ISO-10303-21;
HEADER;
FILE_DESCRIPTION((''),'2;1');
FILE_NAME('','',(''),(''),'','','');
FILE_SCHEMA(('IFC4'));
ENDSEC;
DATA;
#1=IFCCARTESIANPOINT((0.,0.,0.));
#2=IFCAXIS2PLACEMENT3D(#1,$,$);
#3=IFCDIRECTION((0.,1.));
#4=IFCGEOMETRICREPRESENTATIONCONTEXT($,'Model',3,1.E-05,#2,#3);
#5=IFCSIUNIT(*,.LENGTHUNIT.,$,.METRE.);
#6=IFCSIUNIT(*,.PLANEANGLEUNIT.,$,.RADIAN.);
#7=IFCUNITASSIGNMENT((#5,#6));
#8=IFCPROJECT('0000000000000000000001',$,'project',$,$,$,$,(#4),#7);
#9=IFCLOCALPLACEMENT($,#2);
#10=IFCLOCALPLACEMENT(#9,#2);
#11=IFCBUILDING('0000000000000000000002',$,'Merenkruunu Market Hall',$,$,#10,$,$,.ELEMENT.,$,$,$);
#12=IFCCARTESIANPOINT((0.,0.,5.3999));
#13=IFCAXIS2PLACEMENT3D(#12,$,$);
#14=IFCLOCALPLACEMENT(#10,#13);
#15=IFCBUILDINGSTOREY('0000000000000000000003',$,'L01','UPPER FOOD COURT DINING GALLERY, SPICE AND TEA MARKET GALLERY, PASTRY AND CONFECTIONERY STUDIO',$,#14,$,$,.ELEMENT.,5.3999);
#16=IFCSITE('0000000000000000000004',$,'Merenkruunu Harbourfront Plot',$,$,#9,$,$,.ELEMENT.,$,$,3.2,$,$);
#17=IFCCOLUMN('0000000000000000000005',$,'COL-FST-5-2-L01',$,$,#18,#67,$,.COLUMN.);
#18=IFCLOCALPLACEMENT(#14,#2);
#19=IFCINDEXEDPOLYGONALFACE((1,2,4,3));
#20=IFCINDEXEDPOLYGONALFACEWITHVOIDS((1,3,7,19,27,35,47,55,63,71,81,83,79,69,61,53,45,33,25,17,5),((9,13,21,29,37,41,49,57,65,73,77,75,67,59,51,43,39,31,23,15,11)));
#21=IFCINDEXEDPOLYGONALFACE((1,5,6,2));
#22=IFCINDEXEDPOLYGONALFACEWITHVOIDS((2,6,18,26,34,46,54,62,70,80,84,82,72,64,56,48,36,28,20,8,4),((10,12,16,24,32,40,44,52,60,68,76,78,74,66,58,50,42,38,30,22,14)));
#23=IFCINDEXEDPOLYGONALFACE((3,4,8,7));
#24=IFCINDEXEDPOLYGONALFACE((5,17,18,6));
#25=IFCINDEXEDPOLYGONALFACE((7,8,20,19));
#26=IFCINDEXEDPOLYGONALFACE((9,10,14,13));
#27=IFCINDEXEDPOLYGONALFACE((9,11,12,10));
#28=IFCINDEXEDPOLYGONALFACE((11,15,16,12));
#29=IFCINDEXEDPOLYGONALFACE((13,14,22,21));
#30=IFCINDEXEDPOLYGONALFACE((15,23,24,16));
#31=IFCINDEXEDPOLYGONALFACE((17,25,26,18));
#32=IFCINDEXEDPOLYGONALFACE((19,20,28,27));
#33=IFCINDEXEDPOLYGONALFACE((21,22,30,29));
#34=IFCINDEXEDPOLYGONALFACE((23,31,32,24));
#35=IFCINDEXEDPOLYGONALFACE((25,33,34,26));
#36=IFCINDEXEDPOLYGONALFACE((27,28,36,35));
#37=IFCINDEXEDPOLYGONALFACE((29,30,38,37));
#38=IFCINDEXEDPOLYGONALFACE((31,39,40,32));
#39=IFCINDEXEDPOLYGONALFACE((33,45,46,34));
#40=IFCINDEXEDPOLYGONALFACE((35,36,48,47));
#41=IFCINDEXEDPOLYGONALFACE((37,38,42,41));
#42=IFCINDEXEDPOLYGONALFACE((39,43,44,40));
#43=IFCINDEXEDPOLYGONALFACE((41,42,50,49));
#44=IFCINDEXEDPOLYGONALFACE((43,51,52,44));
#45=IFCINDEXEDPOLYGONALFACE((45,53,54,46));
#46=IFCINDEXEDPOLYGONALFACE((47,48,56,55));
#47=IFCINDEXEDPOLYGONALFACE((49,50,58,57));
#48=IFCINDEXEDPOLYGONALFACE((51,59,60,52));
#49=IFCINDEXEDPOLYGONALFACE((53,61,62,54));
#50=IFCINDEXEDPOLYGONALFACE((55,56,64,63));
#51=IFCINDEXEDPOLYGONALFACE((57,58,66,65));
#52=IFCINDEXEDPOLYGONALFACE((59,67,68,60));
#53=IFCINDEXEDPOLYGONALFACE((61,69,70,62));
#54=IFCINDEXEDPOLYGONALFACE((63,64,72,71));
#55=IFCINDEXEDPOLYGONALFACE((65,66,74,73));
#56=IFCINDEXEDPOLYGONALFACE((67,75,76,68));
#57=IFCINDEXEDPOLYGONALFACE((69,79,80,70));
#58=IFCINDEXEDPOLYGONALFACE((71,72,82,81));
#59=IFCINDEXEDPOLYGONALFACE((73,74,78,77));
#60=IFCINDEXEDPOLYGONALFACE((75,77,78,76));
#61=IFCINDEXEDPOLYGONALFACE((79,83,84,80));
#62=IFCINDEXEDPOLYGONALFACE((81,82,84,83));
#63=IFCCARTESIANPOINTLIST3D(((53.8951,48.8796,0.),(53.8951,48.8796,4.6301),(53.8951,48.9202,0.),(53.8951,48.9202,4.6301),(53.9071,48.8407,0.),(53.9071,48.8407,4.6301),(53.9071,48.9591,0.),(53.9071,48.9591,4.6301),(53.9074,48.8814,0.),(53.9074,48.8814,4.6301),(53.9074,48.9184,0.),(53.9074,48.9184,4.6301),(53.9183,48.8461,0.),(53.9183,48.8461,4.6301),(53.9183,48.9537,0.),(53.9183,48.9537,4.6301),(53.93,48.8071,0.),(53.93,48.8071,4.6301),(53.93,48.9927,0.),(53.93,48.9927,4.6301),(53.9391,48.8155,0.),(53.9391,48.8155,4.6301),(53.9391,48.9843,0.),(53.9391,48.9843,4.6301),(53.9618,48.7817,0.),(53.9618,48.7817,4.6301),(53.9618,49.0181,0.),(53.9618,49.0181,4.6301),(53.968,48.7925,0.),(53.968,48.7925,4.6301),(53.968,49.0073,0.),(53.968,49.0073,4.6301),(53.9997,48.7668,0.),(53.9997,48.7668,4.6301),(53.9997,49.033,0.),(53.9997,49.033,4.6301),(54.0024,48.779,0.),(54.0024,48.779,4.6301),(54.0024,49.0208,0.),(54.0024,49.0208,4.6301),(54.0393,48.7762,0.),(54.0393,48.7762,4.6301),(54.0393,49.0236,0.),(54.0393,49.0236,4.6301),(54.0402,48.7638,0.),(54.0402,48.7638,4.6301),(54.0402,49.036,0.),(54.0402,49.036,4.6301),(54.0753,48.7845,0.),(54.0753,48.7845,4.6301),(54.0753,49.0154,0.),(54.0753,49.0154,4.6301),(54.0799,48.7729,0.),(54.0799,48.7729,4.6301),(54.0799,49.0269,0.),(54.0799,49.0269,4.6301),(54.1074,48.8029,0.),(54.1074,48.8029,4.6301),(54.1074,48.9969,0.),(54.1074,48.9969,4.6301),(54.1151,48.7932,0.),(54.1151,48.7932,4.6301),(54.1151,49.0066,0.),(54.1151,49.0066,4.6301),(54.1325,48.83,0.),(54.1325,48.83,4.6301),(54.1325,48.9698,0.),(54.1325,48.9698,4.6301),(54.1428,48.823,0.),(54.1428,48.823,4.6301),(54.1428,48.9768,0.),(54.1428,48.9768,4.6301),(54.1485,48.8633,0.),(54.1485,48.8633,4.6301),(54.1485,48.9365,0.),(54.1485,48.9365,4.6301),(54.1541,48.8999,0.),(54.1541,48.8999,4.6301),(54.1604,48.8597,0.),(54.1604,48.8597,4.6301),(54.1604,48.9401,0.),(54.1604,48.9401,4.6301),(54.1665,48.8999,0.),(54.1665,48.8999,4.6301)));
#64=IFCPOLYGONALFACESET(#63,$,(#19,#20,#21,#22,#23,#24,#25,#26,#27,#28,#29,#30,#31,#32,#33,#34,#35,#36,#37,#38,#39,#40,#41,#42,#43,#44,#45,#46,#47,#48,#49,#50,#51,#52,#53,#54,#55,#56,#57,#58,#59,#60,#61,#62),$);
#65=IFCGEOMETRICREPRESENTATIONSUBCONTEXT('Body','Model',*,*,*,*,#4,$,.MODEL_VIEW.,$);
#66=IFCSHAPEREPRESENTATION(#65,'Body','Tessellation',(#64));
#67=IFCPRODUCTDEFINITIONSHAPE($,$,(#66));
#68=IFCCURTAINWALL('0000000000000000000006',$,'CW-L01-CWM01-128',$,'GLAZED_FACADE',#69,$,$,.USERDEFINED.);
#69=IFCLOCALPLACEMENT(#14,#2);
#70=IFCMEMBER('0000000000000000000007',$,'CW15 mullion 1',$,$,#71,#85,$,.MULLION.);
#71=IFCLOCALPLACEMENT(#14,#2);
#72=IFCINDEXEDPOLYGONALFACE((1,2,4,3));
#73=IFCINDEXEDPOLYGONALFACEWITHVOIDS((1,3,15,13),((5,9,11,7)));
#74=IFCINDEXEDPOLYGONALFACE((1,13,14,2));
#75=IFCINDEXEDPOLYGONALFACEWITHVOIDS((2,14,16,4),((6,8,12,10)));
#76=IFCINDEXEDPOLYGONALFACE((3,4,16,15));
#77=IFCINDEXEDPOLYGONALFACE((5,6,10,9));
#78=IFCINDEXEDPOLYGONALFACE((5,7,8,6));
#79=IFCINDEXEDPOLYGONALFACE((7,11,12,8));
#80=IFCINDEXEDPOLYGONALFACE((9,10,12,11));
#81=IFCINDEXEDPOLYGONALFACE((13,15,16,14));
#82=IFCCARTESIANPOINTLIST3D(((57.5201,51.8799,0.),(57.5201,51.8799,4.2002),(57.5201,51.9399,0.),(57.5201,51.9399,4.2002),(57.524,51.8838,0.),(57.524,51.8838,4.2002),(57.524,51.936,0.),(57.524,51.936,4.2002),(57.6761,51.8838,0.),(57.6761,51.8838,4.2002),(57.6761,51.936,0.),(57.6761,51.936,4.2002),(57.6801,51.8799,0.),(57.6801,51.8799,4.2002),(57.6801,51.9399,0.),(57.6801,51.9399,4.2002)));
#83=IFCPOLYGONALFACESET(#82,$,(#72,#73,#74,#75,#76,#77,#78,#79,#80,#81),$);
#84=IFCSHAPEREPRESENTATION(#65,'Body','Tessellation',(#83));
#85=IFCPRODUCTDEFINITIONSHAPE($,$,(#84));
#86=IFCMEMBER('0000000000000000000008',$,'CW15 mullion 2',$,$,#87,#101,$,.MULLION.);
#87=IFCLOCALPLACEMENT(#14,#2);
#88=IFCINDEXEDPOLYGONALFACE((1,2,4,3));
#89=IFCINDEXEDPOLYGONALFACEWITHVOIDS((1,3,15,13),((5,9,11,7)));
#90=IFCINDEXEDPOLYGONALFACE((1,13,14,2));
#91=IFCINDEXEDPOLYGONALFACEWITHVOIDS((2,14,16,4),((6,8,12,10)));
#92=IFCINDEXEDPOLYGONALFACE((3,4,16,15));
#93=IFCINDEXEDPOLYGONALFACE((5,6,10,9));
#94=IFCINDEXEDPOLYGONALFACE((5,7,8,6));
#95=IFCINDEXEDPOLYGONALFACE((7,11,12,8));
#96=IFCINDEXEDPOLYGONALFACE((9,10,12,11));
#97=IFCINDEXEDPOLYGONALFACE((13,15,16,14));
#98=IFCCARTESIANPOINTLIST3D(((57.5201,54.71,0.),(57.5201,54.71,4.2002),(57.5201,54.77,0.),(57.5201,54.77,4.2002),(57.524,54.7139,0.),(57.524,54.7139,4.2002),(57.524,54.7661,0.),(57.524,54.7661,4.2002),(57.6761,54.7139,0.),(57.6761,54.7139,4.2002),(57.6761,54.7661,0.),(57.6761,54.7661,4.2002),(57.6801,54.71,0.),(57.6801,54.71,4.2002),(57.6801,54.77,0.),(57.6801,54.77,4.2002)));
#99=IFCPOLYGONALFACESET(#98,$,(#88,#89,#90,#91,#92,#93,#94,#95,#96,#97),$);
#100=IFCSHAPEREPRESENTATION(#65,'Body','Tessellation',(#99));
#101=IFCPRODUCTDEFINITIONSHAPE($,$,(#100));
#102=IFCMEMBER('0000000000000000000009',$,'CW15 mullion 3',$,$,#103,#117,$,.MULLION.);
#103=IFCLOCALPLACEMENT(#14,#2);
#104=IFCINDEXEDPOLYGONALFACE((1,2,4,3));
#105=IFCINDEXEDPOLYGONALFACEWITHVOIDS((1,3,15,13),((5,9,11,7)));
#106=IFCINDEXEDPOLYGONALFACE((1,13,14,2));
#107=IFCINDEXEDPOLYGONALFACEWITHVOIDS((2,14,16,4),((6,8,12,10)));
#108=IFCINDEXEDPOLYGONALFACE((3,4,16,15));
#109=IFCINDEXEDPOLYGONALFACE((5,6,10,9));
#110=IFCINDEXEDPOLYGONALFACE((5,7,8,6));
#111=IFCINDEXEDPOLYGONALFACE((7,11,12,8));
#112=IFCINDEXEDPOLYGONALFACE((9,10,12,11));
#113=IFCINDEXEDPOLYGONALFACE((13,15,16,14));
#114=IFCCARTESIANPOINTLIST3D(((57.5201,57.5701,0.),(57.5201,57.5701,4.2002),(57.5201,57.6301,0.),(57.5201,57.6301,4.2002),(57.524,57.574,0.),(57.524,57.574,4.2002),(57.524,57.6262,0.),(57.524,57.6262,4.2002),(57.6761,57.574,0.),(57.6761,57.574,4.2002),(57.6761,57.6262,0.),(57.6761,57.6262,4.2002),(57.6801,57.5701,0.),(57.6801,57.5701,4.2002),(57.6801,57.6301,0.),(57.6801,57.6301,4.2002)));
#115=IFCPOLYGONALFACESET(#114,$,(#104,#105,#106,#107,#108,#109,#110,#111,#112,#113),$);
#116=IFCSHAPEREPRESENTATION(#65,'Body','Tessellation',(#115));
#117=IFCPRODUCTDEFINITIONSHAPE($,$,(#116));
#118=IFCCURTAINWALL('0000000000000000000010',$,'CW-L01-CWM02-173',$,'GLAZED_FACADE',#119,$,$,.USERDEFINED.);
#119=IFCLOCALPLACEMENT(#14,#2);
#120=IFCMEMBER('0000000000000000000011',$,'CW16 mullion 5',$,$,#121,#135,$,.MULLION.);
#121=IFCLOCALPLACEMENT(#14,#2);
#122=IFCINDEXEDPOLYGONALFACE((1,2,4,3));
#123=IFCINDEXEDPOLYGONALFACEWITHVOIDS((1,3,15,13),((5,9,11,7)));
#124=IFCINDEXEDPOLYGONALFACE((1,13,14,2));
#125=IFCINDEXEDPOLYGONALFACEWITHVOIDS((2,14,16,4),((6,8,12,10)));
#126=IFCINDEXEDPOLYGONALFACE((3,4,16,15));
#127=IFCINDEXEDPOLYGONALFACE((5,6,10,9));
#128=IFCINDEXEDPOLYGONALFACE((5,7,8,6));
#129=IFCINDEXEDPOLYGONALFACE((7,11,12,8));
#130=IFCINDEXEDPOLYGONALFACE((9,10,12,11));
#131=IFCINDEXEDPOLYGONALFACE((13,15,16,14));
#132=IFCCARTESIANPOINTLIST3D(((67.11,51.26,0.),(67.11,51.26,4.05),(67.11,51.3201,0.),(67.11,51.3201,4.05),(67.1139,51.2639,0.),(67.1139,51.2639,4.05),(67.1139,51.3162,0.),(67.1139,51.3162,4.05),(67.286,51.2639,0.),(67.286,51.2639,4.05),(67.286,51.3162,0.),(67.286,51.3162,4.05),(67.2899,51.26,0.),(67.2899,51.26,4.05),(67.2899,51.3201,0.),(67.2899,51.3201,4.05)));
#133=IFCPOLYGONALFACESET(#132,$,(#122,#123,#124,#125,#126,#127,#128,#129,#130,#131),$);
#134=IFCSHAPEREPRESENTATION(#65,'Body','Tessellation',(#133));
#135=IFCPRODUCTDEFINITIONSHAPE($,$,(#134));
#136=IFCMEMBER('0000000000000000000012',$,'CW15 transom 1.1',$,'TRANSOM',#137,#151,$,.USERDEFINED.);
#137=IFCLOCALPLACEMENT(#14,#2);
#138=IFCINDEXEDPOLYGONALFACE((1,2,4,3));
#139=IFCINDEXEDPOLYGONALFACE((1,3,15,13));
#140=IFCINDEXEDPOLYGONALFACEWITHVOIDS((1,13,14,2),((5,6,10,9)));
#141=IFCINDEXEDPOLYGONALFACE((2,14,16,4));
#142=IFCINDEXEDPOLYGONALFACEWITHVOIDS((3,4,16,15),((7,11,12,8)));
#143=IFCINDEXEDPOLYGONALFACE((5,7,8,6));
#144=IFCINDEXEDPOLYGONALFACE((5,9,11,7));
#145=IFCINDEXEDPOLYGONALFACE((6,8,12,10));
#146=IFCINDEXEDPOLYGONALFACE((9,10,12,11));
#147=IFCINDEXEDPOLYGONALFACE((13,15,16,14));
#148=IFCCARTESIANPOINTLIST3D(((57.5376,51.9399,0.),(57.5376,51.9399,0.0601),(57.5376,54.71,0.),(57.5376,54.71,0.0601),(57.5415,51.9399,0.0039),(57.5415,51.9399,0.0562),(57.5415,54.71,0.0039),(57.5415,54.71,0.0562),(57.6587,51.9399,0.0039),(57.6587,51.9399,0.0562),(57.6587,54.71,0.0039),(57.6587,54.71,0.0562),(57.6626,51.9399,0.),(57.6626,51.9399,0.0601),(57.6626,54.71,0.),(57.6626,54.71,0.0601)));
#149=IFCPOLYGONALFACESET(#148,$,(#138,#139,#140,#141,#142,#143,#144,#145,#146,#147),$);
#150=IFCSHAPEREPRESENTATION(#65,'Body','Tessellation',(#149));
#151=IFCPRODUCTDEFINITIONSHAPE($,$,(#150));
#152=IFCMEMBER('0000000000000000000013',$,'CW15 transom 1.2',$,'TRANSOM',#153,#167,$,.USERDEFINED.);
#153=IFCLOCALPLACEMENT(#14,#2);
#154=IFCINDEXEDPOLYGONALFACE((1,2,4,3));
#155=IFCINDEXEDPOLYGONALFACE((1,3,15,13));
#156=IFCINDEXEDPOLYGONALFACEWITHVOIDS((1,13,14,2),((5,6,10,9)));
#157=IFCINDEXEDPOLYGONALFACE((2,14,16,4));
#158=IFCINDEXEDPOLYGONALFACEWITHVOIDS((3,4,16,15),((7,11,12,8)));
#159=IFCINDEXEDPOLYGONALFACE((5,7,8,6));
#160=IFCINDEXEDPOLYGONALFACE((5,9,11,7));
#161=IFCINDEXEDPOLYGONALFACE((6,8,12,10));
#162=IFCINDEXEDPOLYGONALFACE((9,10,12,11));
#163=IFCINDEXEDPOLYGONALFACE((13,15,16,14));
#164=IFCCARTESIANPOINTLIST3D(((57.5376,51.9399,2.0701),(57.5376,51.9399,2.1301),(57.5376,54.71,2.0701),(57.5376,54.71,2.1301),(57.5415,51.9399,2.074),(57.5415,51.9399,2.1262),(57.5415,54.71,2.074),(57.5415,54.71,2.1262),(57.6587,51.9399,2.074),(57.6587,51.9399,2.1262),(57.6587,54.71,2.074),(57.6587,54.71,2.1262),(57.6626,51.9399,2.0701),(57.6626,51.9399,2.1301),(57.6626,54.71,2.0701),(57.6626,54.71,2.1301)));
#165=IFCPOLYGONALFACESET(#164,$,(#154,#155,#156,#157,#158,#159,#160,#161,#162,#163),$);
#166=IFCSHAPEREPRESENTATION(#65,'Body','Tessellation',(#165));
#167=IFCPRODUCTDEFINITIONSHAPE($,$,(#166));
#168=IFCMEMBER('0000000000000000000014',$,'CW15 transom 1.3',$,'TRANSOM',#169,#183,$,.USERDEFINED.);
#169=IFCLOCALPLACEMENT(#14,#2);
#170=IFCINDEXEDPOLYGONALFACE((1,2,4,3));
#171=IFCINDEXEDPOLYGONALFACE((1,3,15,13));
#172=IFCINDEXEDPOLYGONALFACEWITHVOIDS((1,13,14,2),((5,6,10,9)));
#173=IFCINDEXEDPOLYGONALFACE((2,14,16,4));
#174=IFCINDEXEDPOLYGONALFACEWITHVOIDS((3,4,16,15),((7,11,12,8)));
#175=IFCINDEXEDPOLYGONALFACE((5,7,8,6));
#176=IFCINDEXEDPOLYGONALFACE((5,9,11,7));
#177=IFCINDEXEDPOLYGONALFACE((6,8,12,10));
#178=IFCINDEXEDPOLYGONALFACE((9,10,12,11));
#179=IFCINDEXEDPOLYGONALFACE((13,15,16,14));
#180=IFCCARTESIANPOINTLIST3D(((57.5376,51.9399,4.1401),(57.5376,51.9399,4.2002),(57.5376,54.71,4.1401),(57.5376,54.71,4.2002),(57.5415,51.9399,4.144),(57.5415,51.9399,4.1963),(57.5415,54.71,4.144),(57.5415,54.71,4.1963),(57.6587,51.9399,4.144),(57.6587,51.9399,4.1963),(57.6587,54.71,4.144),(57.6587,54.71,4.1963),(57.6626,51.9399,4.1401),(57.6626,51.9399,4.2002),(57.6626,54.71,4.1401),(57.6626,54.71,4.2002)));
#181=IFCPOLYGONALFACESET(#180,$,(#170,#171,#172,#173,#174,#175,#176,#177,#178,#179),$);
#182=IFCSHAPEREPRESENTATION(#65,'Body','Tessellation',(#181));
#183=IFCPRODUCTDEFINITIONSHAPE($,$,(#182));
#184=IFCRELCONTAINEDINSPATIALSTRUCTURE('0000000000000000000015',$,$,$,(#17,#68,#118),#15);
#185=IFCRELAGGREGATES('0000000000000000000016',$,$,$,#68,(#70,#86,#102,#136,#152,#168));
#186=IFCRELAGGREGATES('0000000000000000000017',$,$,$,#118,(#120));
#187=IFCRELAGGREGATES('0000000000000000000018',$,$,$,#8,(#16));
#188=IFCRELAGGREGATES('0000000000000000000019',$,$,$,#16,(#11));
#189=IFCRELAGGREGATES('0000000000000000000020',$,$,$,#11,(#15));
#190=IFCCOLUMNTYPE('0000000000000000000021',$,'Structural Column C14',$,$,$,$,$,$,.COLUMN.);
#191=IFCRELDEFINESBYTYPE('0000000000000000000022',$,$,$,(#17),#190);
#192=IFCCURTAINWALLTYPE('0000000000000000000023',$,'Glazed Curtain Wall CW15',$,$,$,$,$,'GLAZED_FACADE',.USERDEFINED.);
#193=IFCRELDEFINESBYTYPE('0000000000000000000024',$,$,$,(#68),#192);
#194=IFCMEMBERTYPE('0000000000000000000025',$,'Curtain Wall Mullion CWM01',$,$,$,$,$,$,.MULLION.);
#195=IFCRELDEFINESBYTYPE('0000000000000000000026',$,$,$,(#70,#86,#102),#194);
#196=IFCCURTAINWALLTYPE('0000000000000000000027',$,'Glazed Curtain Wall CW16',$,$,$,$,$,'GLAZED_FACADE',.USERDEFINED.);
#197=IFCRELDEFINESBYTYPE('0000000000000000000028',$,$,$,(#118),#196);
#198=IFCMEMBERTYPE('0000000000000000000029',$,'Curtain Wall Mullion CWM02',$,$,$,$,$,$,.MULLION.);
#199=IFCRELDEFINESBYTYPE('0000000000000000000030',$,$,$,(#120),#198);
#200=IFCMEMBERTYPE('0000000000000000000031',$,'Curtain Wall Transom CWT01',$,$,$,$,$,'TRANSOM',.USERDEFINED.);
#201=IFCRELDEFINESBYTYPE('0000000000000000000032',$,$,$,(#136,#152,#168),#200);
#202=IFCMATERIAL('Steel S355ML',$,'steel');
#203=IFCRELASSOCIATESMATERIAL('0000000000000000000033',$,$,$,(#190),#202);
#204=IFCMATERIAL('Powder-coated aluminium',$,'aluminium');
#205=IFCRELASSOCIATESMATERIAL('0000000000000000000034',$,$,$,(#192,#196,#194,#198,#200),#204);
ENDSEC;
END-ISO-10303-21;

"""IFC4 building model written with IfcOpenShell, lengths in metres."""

from ifc_helpers import new_model, si_unit, direction, frame, origin, origin_2d, place, context, subcontext, project, spatial, hollow_rectangle, hollow_circle, extrude, material, material_profile, profile_set, type_object, element, aggregate, save


model = new_model("IFC4")

# Units and contexts
model_context = context("Model", 3, precision=1e-05, world=origin(), true_north=direction((0.0, 1.0)))
body_context = subcontext(model_context, "Body", "Model", "MODEL_VIEW")
ifc_project = project(units=[si_unit("LENGTHUNIT", "METRE"), si_unit("PLANEANGLEUNIT", "RADIAN")], contexts=[model_context])

# Site, building, storey
site_placement = place(None, origin())
site = spatial("IfcSite", under=ifc_project, at=site_placement, Name="Merenkruunu Harbourfront Plot", CompositionType="ELEMENT", RefElevation=3.2)
building_placement = place(site_placement, origin())
building = spatial("IfcBuilding", under=site, at=building_placement, Name="Merenkruunu Market Hall", CompositionType="ELEMENT")
storey_placement = place(building_placement, frame((0.0, 0.0, 5.3999)))
storey = spatial("IfcBuildingStorey", under=building, at=storey_placement, Name="L01", Description="UPPER FOOD COURT DINING GALLERY, SPICE AND TEA MARKET GALLERY, PASTRY AND CONFECTIONERY STUDIO", CompositionType="ELEMENT", Elevation=5.3999)

# Column
ifc_material_1 = material(Name="Steel S355ML", Category="steel")
ifc_material_profile_1 = material_profile(ifc_material_1, hollow_circle(Radius=0.1365, WallThickness=0.0125, at=origin_2d()), Name="CHS 273x12.5")
ifc_profile_set_1 = profile_set([ifc_material_profile_1], Name="Steel S355ML")
column_type_1 = type_object("IfcColumnType", Name="Structural Column C14", PredefinedType="COLUMN", material=ifc_profile_set_1)
for number, where, z_axis, x_axis, name in (
    (1, (54.03, 48.8999, 0.0), (0.0, 0.0, 1.0), (1.0, 0.0, 0.0), "COL-FST-5-2-L01"),
):
    element("IfcColumn", number, at=place(storey_placement, frame(where, z_axis=z_axis, x_axis=x_axis)), inside=storey, type_object=column_type_1, Name=name, PredefinedType="COLUMN", context=body_context, shape_type="SweptSolid", body=[
        extrude(hollow_circle(Radius=0.1365, WallThickness=0.0125, at=origin_2d()), origin(), (0.0, 0.0, 1.0), 4.6301),
    ])

# Curtain wall, members
ifc_material_2 = material(Name="Powder-coated aluminium", Category="aluminium")
curtain_wall_type_1 = type_object("IfcCurtainWallType", Name="Glazed Curtain Wall CW15", ElementType="GLAZED_FACADE", PredefinedType="USERDEFINED", material=ifc_material_2)
curtain_wall_1_placement = place(storey_placement, origin())
curtain_wall_1 = element("IfcCurtainWall", 2, at=curtain_wall_1_placement, inside=storey, type_object=curtain_wall_type_1, Name="CW-L01-CWM01-128", ObjectType="GLAZED_FACADE", PredefinedType="USERDEFINED")
ifc_material_profile_2 = material_profile(ifc_material_2, hollow_rectangle(XDim=0.0601, YDim=0.1599, WallThickness=0.0039, at=origin_2d()), Name="ALU 60x160x4")
ifc_profile_set_2 = profile_set([ifc_material_profile_2], Name="Powder-coated aluminium")
member_type_1 = type_object("IfcMemberType", Name="Curtain Wall Mullion CWM01", PredefinedType="MULLION", material=ifc_profile_set_2)
member_1_placement = place(storey_placement, frame((57.6001, 51.9099, 0.0), z_axis=(0.0, 0.0, 1.0), x_axis=(0.0, 1.0, 0.0)))
member_1 = element("IfcMember", 3, at=member_1_placement, type_object=member_type_1, Name="CW15 mullion 1", PredefinedType="MULLION", context=body_context, shape_type="SweptSolid", body=[
    extrude(hollow_rectangle(XDim=0.0601, YDim=0.1599, WallThickness=0.0039, at=origin_2d()), origin(), (0.0, 0.0, 1.0), 4.2002),
])
member_2_placement = place(storey_placement, frame((57.6001, 54.74, 0.0), z_axis=(0.0, 0.0, 1.0), x_axis=(0.0, 1.0, 0.0)))
member_2 = element("IfcMember", 4, at=member_2_placement, type_object=member_type_1, Name="CW15 mullion 2", PredefinedType="MULLION", context=body_context, shape_type="SweptSolid", body=[
    extrude(hollow_rectangle(XDim=0.0601, YDim=0.1599, WallThickness=0.0039, at=origin_2d()), origin(), (0.0, 0.0, 1.0), 4.2002),
])
member_3_placement = place(storey_placement, frame((57.6001, 57.6001, 0.0), z_axis=(0.0, 0.0, 1.0), x_axis=(0.0, 1.0, 0.0)))
member_3 = element("IfcMember", 5, at=member_3_placement, type_object=member_type_1, Name="CW15 mullion 3", PredefinedType="MULLION", context=body_context, shape_type="SweptSolid", body=[
    extrude(hollow_rectangle(XDim=0.0601, YDim=0.1599, WallThickness=0.0039, at=origin_2d()), origin(), (0.0, 0.0, 1.0), 4.2002),
])

# Curtain wall, member
curtain_wall_type_2 = type_object("IfcCurtainWallType", Name="Glazed Curtain Wall CW16", ElementType="GLAZED_FACADE", PredefinedType="USERDEFINED", material=ifc_material_2)
curtain_wall_2_placement = place(storey_placement, origin())
curtain_wall_2 = element("IfcCurtainWall", 6, at=curtain_wall_2_placement, inside=storey, type_object=curtain_wall_type_2, Name="CW-L01-CWM02-173", ObjectType="GLAZED_FACADE", PredefinedType="USERDEFINED")
ifc_material_profile_3 = material_profile(ifc_material_2, hollow_rectangle(XDim=0.0601, YDim=0.1799, WallThickness=0.0039, at=origin_2d()), Name="ALU 60x180x4")
ifc_profile_set_3 = profile_set([ifc_material_profile_3], Name="Powder-coated aluminium")
member_type_2 = type_object("IfcMemberType", Name="Curtain Wall Mullion CWM02", PredefinedType="MULLION", material=ifc_profile_set_3)
member_4_placement = place(storey_placement, frame((67.2, 51.29, 0.0), z_axis=(0.0, 0.0, 1.0), x_axis=(0.0, 1.0, 0.0)))
member_4 = element("IfcMember", 7, at=member_4_placement, type_object=member_type_2, Name="CW16 mullion 5", PredefinedType="MULLION", context=body_context, shape_type="SweptSolid", body=[
    extrude(hollow_rectangle(XDim=0.0601, YDim=0.1799, WallThickness=0.0039, at=origin_2d()), origin(), (0.0, 0.0, 1.0), 4.05),
])

# Members
ifc_material_profile_4 = material_profile(ifc_material_2, hollow_rectangle(XDim=0.0601, YDim=0.125, WallThickness=0.0039, at=origin_2d()), Name="ALU 60x125x4")
ifc_profile_set_4 = profile_set([ifc_material_profile_4], Name="Powder-coated aluminium")
member_type_3 = type_object("IfcMemberType", Name="Curtain Wall Transom CWT01", ElementType="TRANSOM", PredefinedType="USERDEFINED", material=ifc_profile_set_4)
member_5_placement = place(storey_placement, frame((57.6001, 51.9399, 0.03), z_axis=(0.0, 1.0, 0.0), x_axis=(0.0, 0.0, 1.0)))
member_5 = element("IfcMember", 8, at=member_5_placement, type_object=member_type_3, Name="CW15 transom 1.1", ObjectType="TRANSOM", PredefinedType="USERDEFINED", context=body_context, shape_type="SweptSolid", body=[
    extrude(hollow_rectangle(XDim=0.0601, YDim=0.125, WallThickness=0.0039, at=origin_2d()), origin(), (0.0, 0.0, 1.0), 2.77),
])
member_6_placement = place(storey_placement, frame((57.6001, 51.9399, 2.1001), z_axis=(0.0, 1.0, 0.0), x_axis=(0.0, 0.0, 1.0)))
member_6 = element("IfcMember", 9, at=member_6_placement, type_object=member_type_3, Name="CW15 transom 1.2", ObjectType="TRANSOM", PredefinedType="USERDEFINED", context=body_context, shape_type="SweptSolid", body=[
    extrude(hollow_rectangle(XDim=0.0601, YDim=0.125, WallThickness=0.0039, at=origin_2d()), origin(), (0.0, 0.0, 1.0), 2.77),
])
member_7_placement = place(storey_placement, frame((57.6001, 51.9399, 4.1702), z_axis=(0.0, 1.0, 0.0), x_axis=(0.0, 0.0, 1.0)))
member_7 = element("IfcMember", 10, at=member_7_placement, type_object=member_type_3, Name="CW15 transom 1.3", ObjectType="TRANSOM", PredefinedType="USERDEFINED", context=body_context, shape_type="SweptSolid", body=[
    extrude(hollow_rectangle(XDim=0.0601, YDim=0.125, WallThickness=0.0039, at=origin_2d()), origin(), (0.0, 0.0, 1.0), 2.77),
])

aggregate(curtain_wall_1, [member_1, member_2, member_3, member_5, member_6, member_7])
aggregate(curtain_wall_2, [member_4])

save(model, "model.ifc")
